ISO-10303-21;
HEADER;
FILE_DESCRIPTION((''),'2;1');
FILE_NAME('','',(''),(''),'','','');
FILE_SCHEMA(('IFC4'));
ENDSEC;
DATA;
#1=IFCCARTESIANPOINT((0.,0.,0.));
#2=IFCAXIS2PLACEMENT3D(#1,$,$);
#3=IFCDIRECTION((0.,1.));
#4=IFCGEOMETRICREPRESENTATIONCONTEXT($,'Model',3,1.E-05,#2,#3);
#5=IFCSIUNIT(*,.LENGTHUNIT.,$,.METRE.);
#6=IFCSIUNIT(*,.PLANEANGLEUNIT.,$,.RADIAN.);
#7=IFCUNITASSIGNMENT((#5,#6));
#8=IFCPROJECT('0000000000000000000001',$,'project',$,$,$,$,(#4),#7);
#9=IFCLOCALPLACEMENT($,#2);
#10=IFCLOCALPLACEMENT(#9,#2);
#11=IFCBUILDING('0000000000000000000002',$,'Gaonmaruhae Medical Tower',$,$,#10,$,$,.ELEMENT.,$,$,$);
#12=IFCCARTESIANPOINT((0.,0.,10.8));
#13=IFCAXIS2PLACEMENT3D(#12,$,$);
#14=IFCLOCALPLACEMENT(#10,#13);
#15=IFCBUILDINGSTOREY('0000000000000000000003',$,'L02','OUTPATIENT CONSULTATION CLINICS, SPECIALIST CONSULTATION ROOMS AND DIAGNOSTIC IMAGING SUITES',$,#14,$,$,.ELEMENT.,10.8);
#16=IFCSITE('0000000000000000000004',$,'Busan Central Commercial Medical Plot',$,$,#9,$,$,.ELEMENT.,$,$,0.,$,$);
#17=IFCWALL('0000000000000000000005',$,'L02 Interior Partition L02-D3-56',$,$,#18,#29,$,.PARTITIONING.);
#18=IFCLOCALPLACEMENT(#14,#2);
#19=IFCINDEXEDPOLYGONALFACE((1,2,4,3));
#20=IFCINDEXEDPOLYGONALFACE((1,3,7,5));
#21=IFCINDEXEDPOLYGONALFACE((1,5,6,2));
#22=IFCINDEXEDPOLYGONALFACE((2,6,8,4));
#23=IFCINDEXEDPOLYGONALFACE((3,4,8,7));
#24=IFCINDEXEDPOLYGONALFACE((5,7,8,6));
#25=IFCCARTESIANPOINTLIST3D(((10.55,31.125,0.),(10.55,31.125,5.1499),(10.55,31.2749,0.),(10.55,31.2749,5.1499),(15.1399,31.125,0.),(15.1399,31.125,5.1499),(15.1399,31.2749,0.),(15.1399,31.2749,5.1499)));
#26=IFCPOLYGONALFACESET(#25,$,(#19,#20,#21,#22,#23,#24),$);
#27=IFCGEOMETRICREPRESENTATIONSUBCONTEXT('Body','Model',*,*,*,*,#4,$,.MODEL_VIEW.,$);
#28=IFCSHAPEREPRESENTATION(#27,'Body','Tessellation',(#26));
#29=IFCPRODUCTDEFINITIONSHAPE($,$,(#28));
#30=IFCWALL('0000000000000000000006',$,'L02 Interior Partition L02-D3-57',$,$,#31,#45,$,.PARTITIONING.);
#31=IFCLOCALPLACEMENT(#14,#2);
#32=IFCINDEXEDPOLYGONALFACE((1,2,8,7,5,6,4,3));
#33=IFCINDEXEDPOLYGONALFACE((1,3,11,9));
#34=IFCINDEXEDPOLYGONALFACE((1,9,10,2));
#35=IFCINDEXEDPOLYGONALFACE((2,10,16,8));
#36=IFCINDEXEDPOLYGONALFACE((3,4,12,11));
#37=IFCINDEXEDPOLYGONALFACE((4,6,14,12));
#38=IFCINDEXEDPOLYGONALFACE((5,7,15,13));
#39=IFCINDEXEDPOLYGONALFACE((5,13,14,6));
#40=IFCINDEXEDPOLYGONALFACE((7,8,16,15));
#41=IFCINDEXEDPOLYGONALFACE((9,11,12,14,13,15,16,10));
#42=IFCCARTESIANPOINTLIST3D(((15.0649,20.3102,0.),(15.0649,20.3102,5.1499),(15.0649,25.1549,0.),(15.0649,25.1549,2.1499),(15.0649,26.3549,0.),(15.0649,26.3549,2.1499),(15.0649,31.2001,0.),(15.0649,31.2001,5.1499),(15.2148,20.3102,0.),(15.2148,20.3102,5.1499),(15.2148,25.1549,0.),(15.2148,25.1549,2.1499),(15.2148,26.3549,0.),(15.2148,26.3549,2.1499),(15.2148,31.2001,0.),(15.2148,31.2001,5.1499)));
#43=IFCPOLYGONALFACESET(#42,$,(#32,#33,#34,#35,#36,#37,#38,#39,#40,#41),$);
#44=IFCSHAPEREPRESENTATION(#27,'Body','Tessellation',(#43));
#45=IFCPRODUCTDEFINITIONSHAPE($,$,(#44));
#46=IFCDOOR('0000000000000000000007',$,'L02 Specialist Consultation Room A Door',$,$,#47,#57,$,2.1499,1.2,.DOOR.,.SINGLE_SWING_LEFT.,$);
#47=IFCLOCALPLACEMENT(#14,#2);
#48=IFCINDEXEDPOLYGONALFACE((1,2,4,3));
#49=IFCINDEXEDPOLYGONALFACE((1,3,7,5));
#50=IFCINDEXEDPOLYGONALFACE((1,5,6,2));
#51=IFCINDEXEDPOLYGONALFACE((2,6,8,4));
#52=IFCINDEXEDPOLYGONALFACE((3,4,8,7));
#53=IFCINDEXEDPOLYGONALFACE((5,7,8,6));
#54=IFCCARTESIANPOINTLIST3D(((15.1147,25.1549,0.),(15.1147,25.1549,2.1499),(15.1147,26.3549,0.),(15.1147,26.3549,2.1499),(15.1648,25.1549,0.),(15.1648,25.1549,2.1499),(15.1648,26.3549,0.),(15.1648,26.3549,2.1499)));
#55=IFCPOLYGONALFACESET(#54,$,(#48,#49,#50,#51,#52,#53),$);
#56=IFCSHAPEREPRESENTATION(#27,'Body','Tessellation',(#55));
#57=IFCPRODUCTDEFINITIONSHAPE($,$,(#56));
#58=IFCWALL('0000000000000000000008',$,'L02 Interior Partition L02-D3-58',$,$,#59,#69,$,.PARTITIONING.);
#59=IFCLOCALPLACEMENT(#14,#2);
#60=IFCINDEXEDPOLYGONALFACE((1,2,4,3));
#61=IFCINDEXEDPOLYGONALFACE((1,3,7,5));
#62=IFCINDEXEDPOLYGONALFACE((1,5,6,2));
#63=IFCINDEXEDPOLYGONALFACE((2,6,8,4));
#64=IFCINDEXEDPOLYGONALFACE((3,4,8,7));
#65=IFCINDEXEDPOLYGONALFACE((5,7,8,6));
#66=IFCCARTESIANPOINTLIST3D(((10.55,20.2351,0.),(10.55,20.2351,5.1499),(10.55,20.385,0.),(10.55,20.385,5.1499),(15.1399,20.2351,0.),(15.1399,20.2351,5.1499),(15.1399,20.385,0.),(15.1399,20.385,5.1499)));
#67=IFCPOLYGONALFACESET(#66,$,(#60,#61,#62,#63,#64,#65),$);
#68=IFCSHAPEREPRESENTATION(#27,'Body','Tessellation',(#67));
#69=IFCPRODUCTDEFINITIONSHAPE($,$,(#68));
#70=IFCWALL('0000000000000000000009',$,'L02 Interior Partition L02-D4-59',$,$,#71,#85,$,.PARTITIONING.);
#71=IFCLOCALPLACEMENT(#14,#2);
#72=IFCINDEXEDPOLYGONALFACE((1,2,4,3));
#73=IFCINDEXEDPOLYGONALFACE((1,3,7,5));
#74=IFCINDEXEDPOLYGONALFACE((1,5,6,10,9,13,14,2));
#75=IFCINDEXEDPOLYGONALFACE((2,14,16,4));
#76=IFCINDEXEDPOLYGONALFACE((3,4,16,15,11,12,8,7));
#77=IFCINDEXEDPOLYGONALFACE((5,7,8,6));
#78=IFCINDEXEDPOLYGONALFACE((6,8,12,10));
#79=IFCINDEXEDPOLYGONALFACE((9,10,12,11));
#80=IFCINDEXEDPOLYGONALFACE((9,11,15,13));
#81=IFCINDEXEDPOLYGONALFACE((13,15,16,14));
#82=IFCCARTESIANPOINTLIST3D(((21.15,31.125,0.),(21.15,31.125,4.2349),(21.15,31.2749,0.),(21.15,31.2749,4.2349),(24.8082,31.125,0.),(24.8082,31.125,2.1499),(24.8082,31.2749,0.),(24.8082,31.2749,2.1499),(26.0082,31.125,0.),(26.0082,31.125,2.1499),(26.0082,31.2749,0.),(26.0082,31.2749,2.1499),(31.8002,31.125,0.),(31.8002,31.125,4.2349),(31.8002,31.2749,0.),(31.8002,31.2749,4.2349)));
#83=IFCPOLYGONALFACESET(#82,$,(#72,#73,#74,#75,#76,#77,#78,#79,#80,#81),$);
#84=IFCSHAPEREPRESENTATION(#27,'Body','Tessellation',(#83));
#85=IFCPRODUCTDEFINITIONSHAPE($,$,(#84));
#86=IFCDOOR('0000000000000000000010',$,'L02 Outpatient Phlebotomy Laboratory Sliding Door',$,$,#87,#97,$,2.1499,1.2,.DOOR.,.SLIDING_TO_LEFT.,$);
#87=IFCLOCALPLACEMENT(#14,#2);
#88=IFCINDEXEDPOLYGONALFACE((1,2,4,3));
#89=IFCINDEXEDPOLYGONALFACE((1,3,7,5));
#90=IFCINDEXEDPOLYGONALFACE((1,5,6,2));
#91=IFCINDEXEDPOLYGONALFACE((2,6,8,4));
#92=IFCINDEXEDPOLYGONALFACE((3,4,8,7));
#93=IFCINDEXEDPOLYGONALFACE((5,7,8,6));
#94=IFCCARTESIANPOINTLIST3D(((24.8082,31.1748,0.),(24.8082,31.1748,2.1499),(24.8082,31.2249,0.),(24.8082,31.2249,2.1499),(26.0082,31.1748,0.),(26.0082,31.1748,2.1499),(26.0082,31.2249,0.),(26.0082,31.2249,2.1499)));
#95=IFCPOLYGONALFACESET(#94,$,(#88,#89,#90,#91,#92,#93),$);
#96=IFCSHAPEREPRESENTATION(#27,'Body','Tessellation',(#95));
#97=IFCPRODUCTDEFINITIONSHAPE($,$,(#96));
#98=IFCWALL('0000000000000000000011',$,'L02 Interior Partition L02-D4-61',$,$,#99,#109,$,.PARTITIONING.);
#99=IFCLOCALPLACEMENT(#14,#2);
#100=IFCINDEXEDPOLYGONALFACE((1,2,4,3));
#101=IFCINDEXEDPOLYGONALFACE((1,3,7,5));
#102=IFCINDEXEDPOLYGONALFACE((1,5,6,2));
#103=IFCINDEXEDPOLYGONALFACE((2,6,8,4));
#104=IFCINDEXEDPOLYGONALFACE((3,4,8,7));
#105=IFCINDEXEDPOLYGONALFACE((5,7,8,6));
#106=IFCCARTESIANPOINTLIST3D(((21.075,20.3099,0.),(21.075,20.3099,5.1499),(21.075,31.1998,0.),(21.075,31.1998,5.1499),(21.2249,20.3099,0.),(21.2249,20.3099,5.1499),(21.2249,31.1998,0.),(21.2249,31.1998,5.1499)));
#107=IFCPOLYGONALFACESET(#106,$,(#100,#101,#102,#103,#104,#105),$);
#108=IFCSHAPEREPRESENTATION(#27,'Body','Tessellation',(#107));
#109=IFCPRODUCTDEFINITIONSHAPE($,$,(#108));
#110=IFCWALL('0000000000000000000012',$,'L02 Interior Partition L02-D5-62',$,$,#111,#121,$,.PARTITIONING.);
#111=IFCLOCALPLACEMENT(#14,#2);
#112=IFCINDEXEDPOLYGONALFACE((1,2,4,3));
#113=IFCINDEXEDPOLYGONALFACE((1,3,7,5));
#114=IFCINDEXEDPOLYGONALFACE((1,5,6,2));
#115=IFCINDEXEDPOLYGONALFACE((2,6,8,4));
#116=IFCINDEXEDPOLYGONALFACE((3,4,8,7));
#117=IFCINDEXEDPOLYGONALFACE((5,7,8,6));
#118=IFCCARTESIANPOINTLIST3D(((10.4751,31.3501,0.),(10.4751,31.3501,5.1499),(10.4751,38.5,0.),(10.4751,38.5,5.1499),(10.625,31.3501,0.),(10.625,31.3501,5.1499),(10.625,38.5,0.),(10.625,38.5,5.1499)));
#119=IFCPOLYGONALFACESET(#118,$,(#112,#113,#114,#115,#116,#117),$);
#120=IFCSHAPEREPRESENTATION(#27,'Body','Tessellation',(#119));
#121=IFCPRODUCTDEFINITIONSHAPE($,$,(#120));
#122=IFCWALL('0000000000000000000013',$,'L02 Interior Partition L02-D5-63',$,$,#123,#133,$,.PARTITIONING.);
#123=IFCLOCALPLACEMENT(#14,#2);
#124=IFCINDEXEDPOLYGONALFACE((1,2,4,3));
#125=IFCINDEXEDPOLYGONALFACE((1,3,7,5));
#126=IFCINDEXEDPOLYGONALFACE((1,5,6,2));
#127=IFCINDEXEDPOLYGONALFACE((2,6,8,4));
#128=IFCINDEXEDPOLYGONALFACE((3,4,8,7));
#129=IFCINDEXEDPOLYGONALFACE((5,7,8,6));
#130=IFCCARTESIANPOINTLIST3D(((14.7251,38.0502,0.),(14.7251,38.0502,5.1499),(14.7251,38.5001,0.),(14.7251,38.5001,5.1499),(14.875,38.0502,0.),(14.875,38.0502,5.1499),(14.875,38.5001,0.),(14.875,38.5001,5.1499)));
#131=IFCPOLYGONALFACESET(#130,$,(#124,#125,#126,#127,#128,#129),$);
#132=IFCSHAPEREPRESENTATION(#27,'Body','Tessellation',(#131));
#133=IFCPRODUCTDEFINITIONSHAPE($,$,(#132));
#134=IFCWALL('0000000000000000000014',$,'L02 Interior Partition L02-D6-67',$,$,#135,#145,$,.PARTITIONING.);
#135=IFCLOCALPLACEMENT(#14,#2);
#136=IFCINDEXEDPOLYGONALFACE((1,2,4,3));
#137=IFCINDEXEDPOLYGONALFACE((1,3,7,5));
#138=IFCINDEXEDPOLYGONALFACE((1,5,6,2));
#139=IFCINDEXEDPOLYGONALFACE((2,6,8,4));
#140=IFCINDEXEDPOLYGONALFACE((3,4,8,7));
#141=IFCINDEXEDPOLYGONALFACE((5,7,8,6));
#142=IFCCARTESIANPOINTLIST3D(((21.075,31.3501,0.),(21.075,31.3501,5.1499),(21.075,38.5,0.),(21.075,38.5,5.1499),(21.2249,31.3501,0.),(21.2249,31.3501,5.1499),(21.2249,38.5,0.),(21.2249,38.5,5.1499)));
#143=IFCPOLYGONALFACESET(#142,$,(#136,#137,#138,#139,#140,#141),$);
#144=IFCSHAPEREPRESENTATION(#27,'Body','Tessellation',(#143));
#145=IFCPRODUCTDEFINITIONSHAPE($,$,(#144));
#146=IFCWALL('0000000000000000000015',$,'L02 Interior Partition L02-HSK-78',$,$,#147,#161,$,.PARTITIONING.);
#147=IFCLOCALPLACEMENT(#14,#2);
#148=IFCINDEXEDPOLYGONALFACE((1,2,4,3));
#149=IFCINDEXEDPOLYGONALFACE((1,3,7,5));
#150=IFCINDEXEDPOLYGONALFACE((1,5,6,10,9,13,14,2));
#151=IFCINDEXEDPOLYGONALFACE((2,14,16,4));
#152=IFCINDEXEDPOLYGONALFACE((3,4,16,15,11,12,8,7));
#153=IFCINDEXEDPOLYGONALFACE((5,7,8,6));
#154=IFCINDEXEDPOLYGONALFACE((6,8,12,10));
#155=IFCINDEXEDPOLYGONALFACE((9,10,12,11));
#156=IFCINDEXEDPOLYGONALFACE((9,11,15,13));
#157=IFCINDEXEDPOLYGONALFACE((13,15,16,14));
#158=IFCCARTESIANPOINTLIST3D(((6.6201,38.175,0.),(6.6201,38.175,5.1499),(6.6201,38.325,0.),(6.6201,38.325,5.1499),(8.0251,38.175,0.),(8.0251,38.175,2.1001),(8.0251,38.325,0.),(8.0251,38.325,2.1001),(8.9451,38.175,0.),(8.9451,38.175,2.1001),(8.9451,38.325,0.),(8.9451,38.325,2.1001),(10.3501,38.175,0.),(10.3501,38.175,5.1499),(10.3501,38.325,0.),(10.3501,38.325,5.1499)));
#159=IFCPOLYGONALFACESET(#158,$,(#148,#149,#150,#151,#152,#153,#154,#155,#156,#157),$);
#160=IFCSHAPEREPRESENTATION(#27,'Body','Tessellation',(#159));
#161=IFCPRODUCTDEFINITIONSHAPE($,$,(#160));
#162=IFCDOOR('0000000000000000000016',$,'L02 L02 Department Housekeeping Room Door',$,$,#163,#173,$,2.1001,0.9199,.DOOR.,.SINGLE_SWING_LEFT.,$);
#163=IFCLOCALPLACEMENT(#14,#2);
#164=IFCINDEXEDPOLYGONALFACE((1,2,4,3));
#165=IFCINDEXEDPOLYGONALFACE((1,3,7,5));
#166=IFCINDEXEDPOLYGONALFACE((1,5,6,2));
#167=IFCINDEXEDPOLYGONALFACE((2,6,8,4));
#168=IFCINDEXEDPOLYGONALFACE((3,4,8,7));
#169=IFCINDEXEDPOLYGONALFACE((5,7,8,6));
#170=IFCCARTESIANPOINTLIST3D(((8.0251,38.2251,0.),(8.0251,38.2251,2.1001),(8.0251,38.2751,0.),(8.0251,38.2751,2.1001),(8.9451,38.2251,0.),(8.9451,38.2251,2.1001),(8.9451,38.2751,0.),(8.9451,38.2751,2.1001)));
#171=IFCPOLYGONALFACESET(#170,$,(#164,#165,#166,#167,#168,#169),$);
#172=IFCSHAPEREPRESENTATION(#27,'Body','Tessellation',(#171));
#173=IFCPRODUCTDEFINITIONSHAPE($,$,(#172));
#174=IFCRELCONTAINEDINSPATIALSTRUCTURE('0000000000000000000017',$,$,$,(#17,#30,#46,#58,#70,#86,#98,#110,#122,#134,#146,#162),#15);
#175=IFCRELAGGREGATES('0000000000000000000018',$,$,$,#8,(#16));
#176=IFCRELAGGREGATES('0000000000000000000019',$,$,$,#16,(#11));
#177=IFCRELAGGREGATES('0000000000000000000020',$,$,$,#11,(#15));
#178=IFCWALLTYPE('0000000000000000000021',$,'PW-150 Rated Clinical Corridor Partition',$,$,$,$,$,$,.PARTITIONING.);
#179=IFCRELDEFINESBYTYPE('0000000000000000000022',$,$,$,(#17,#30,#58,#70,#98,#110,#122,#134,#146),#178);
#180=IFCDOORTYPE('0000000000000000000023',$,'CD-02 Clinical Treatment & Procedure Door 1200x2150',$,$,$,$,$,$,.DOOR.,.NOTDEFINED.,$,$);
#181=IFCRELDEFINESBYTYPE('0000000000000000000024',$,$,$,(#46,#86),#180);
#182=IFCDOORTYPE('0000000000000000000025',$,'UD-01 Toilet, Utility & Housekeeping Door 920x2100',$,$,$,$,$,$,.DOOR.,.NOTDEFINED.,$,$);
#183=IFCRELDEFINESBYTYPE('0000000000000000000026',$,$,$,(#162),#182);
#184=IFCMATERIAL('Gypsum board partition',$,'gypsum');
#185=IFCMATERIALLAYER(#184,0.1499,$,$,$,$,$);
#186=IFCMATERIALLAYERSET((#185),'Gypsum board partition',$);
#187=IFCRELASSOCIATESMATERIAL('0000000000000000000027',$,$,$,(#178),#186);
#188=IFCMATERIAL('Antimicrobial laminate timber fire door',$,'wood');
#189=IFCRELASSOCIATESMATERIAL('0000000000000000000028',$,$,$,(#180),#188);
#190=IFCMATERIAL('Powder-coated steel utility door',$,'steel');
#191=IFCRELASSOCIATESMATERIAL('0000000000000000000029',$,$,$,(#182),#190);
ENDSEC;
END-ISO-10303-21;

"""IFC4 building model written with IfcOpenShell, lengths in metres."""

from ifc_helpers import new_model, si_unit, direction, frame, frame_2d, origin, place, context, subcontext, project, spatial, rectangle, extrude, material, layer, layer_set, type_object, element, fill, save


model = new_model("IFC4")

# Units and contexts
model_context = context("Model", 3, precision=1e-05, world=origin(), true_north=direction((0.0, 1.0)))
body_context = subcontext(model_context, "Body", "Model", "MODEL_VIEW")
ifc_project = project(units=[si_unit("LENGTHUNIT", "METRE"), si_unit("PLANEANGLEUNIT", "RADIAN")], contexts=[model_context])

# Site, building, storey
site_placement = place(None, origin())
site = spatial("IfcSite", under=ifc_project, at=site_placement, Name="Busan Central Commercial Medical Plot", CompositionType="ELEMENT", RefElevation=0.0)
building_placement = place(site_placement, origin())
building = spatial("IfcBuilding", under=site, at=building_placement, Name="Gaonmaruhae Medical Tower", CompositionType="ELEMENT")
storey_placement = place(building_placement, frame((0.0, 0.0, 10.8)))
storey = spatial("IfcBuildingStorey", under=building, at=storey_placement, Name="L02", Description="OUTPATIENT CONSULTATION CLINICS, SPECIALIST CONSULTATION ROOMS AND DIAGNOSTIC IMAGING SUITES", CompositionType="ELEMENT", Elevation=10.8)

# Wall
ifc_material_1 = material(Name="Gypsum board partition", Category="gypsum")
ifc_layer_1 = layer(ifc_material_1, 0.1499)
ifc_layer_set_1 = layer_set([ifc_layer_1], Name="Gypsum board partition")
wall_type_1 = type_object("IfcWallType", Name="PW-150 Rated Clinical Corridor Partition", PredefinedType="PARTITIONING", material=ifc_layer_set_1)
wall_1_placement = place(storey_placement, frame((10.55, 31.2, 0.0), z_axis=(0.0, 0.0, 1.0), x_axis=(1.0, 0.0, 0.0)))
element("IfcWall", 1, at=wall_1_placement, inside=storey, type_object=wall_type_1, Name="L02 Interior Partition L02-D3-56", PredefinedType="PARTITIONING", context=body_context, shape_type="SweptSolid", body=[
    extrude(rectangle(XDim=4.5898, YDim=0.1499, at=frame_2d((2.2949, 0.0))), origin(), (0.0, 0.0, 1.0), 5.1499),
])

# Wall, opening, door
wall_2_placement = place(storey_placement, frame((15.1399, 31.2, 0.0), z_axis=(0.0, 0.0, 1.0), x_axis=(0.0, -1.0, 0.0)))
wall_2 = element("IfcWall", 2, at=wall_2_placement, inside=storey, type_object=wall_type_1, Name="L02 Interior Partition L02-D3-57", PredefinedType="PARTITIONING", context=body_context, shape_type="SweptSolid", body=[
    extrude(rectangle(XDim=10.8899, YDim=0.1499, at=frame_2d((5.4448, 0.0))), origin(), (0.0, 0.0, 1.0), 5.1499),
])
opening_1_placement = place(wall_2_placement, frame((4.845, 0.0, 0.0)))
opening_1 = element("IfcOpeningElement", 3, at=opening_1_placement, cuts=wall_2, PredefinedType="OPENING", context=body_context, shape_type="SweptSolid", body=[
    extrude(rectangle(XDim=1.2, YDim=2.1499, at=frame_2d((0.6001, 1.075))), frame((0.0, 0.085, 0.0), z_axis=(0.0, -1.0, 0.0), x_axis=(1.0, 0.0, 0.0)), (0.0, 0.0, 1.0), 0.1699),
])
ifc_material_2 = material(Name="Antimicrobial laminate timber fire door", Category="wood")
door_type_1 = type_object("IfcDoorType", Name="CD-02 Clinical Treatment & Procedure Door 1200x2150", OperationType="NOTDEFINED", PredefinedType="DOOR", material=ifc_material_2)
door_1_placement = place(opening_1_placement, origin())
door_1 = element("IfcDoor", 4, at=door_1_placement, inside=storey, type_object=door_type_1, Name="L02 Specialist Consultation Room A Door", OperationType="SINGLE_SWING_LEFT", OverallHeight=2.1499, OverallWidth=1.2, PredefinedType="DOOR", context=body_context, shape_type="SweptSolid", body=[
    extrude(rectangle(XDim=1.2, YDim=2.1499, at=frame_2d((0.6001, 1.075))), frame((0.0, 0.0249, 0.0), z_axis=(0.0, -1.0, 0.0), x_axis=(1.0, 0.0, 0.0)), (0.0, 0.0, 1.0), 0.05),
])
fill(opening_1, door_1)

# Wall
wall_3_placement = place(storey_placement, frame((15.1399, 20.3101, 0.0), z_axis=(0.0, 0.0, 1.0), x_axis=(-1.0, 0.0, 0.0)))
element("IfcWall", 5, at=wall_3_placement, inside=storey, type_object=wall_type_1, Name="L02 Interior Partition L02-D3-58", PredefinedType="PARTITIONING", context=body_context, shape_type="SweptSolid", body=[
    extrude(rectangle(XDim=4.5898, YDim=0.1499, at=frame_2d((2.2949, 0.0))), origin(), (0.0, 0.0, 1.0), 5.1499),
])

# Wall, opening, door
wall_4_placement = place(storey_placement, frame((21.1499, 31.2, 0.0), z_axis=(0.0, 0.0, 1.0), x_axis=(1.0, 0.0, 0.0)))
wall_4 = element("IfcWall", 6, at=wall_4_placement, inside=storey, type_object=wall_type_1, Name="L02 Interior Partition L02-D4-59", PredefinedType="PARTITIONING", context=body_context, shape_type="SweptSolid", body=[
    extrude(rectangle(XDim=10.6501, YDim=0.1499, at=frame_2d((5.3252, 0.0))), origin(), (0.0, 0.0, 1.0), 4.2349),
])
opening_2_placement = place(wall_4_placement, frame((3.6582, 0.0, 0.0)))
opening_2 = element("IfcOpeningElement", 7, at=opening_2_placement, cuts=wall_4, PredefinedType="OPENING", context=body_context, shape_type="SweptSolid", body=[
    extrude(rectangle(XDim=1.2, YDim=2.1499, at=frame_2d((0.6001, 1.075))), frame((0.0, 0.085, 0.0), z_axis=(0.0, -1.0, 0.0), x_axis=(1.0, 0.0, 0.0)), (0.0, 0.0, 1.0), 0.1699),
])
door_2_placement = place(opening_2_placement, origin())
door_2 = element("IfcDoor", 8, at=door_2_placement, inside=storey, type_object=door_type_1, Name="L02 Outpatient Phlebotomy Laboratory Sliding Door", OperationType="SLIDING_TO_LEFT", OverallHeight=2.1499, OverallWidth=1.2, PredefinedType="DOOR", context=body_context, shape_type="SweptSolid", body=[
    extrude(rectangle(XDim=1.2, YDim=2.1499, at=frame_2d((0.6001, 1.075))), frame((0.0, 0.0249, 0.0), z_axis=(0.0, -1.0, 0.0), x_axis=(1.0, 0.0, 0.0)), (0.0, 0.0, 1.0), 0.05),
])
fill(opening_2, door_2)

# Walls
wall_5_placement = place(storey_placement, frame((21.1499, 20.3101, 0.0), z_axis=(0.0, 0.0, 1.0), x_axis=(0.0, 1.0, 0.0)))
element("IfcWall", 9, at=wall_5_placement, inside=storey, type_object=wall_type_1, Name="L02 Interior Partition L02-D4-61", PredefinedType="PARTITIONING", context=body_context, shape_type="SweptSolid", body=[
    extrude(rectangle(XDim=10.8899, YDim=0.1499, at=frame_2d((5.4448, 0.0))), origin(), (0.0, 0.0, 1.0), 5.1499),
])
wall_6_placement = place(storey_placement, frame((10.55, 31.3501, 0.0), z_axis=(0.0, 0.0, 1.0), x_axis=(0.0, 1.0, 0.0)))
element("IfcWall", 10, at=wall_6_placement, inside=storey, type_object=wall_type_1, Name="L02 Interior Partition L02-D5-62", PredefinedType="PARTITIONING", context=body_context, shape_type="SweptSolid", body=[
    extrude(rectangle(XDim=7.1499, YDim=0.1499, at=frame_2d((3.575, 0.0))), origin(), (0.0, 0.0, 1.0), 5.1499),
])
wall_7_placement = place(storey_placement, frame((14.8, 38.05, 0.0), z_axis=(0.0, 0.0, 1.0), x_axis=(0.0, 1.0, 0.0)))
element("IfcWall", 11, at=wall_7_placement, inside=storey, type_object=wall_type_1, Name="L02 Interior Partition L02-D5-63", PredefinedType="PARTITIONING", context=body_context, shape_type="SweptSolid", body=[
    extrude(rectangle(XDim=0.45, YDim=0.1499, at=frame_2d((0.2251, 0.0))), origin(), (0.0, 0.0, 1.0), 5.1499),
])
wall_8_placement = place(storey_placement, frame((21.1499, 31.3501, 0.0), z_axis=(0.0, 0.0, 1.0), x_axis=(0.0, 1.0, 0.0)))
element("IfcWall", 12, at=wall_8_placement, inside=storey, type_object=wall_type_1, Name="L02 Interior Partition L02-D6-67", PredefinedType="PARTITIONING", context=body_context, shape_type="SweptSolid", body=[
    extrude(rectangle(XDim=7.1499, YDim=0.1499, at=frame_2d((3.575, 0.0))), origin(), (0.0, 0.0, 1.0), 5.1499),
])

# Wall, opening, door
wall_9_placement = place(storey_placement, frame((10.3501, 38.25, 0.0), z_axis=(0.0, 0.0, 1.0), x_axis=(-1.0, 0.0, 0.0)))
wall_9 = element("IfcWall", 13, at=wall_9_placement, inside=storey, type_object=wall_type_1, Name="L02 Interior Partition L02-HSK-78", PredefinedType="PARTITIONING", context=body_context, shape_type="SweptSolid", body=[
    extrude(rectangle(XDim=3.73, YDim=0.1499, at=frame_2d((1.865, 0.0))), origin(), (0.0, 0.0, 1.0), 5.1499),
])
opening_3_placement = place(wall_9_placement, frame((1.405, 0.0, 0.0)))
opening_3 = element("IfcOpeningElement", 14, at=opening_3_placement, cuts=wall_9, PredefinedType="OPENING", context=body_context, shape_type="SweptSolid", body=[
    extrude(rectangle(XDim=0.9199, YDim=2.1001, at=frame_2d((0.46, 1.05))), frame((0.0, 0.085, 0.0), z_axis=(0.0, -1.0, 0.0), x_axis=(1.0, 0.0, 0.0)), (0.0, 0.0, 1.0), 0.1699),
])
ifc_material_3 = material(Name="Powder-coated steel utility door", Category="steel")
door_type_2 = type_object("IfcDoorType", Name="UD-01 Toilet, Utility & Housekeeping Door 920x2100", OperationType="NOTDEFINED", PredefinedType="DOOR", material=ifc_material_3)
door_3_placement = place(opening_3_placement, origin())
door_3 = element("IfcDoor", 15, at=door_3_placement, inside=storey, type_object=door_type_2, Name="L02 L02 Department Housekeeping Room Door", OperationType="SINGLE_SWING_LEFT", OverallHeight=2.1001, OverallWidth=0.9199, PredefinedType="DOOR", context=body_context, shape_type="SweptSolid", body=[
    extrude(rectangle(XDim=0.9199, YDim=2.1001, at=frame_2d((0.46, 1.05))), frame((0.0, 0.0249, 0.0), z_axis=(0.0, -1.0, 0.0), x_axis=(1.0, 0.0, 0.0)), (0.0, 0.0, 1.0), 0.05),
])
fill(opening_3, door_3)

save(model, "model.ifc")
